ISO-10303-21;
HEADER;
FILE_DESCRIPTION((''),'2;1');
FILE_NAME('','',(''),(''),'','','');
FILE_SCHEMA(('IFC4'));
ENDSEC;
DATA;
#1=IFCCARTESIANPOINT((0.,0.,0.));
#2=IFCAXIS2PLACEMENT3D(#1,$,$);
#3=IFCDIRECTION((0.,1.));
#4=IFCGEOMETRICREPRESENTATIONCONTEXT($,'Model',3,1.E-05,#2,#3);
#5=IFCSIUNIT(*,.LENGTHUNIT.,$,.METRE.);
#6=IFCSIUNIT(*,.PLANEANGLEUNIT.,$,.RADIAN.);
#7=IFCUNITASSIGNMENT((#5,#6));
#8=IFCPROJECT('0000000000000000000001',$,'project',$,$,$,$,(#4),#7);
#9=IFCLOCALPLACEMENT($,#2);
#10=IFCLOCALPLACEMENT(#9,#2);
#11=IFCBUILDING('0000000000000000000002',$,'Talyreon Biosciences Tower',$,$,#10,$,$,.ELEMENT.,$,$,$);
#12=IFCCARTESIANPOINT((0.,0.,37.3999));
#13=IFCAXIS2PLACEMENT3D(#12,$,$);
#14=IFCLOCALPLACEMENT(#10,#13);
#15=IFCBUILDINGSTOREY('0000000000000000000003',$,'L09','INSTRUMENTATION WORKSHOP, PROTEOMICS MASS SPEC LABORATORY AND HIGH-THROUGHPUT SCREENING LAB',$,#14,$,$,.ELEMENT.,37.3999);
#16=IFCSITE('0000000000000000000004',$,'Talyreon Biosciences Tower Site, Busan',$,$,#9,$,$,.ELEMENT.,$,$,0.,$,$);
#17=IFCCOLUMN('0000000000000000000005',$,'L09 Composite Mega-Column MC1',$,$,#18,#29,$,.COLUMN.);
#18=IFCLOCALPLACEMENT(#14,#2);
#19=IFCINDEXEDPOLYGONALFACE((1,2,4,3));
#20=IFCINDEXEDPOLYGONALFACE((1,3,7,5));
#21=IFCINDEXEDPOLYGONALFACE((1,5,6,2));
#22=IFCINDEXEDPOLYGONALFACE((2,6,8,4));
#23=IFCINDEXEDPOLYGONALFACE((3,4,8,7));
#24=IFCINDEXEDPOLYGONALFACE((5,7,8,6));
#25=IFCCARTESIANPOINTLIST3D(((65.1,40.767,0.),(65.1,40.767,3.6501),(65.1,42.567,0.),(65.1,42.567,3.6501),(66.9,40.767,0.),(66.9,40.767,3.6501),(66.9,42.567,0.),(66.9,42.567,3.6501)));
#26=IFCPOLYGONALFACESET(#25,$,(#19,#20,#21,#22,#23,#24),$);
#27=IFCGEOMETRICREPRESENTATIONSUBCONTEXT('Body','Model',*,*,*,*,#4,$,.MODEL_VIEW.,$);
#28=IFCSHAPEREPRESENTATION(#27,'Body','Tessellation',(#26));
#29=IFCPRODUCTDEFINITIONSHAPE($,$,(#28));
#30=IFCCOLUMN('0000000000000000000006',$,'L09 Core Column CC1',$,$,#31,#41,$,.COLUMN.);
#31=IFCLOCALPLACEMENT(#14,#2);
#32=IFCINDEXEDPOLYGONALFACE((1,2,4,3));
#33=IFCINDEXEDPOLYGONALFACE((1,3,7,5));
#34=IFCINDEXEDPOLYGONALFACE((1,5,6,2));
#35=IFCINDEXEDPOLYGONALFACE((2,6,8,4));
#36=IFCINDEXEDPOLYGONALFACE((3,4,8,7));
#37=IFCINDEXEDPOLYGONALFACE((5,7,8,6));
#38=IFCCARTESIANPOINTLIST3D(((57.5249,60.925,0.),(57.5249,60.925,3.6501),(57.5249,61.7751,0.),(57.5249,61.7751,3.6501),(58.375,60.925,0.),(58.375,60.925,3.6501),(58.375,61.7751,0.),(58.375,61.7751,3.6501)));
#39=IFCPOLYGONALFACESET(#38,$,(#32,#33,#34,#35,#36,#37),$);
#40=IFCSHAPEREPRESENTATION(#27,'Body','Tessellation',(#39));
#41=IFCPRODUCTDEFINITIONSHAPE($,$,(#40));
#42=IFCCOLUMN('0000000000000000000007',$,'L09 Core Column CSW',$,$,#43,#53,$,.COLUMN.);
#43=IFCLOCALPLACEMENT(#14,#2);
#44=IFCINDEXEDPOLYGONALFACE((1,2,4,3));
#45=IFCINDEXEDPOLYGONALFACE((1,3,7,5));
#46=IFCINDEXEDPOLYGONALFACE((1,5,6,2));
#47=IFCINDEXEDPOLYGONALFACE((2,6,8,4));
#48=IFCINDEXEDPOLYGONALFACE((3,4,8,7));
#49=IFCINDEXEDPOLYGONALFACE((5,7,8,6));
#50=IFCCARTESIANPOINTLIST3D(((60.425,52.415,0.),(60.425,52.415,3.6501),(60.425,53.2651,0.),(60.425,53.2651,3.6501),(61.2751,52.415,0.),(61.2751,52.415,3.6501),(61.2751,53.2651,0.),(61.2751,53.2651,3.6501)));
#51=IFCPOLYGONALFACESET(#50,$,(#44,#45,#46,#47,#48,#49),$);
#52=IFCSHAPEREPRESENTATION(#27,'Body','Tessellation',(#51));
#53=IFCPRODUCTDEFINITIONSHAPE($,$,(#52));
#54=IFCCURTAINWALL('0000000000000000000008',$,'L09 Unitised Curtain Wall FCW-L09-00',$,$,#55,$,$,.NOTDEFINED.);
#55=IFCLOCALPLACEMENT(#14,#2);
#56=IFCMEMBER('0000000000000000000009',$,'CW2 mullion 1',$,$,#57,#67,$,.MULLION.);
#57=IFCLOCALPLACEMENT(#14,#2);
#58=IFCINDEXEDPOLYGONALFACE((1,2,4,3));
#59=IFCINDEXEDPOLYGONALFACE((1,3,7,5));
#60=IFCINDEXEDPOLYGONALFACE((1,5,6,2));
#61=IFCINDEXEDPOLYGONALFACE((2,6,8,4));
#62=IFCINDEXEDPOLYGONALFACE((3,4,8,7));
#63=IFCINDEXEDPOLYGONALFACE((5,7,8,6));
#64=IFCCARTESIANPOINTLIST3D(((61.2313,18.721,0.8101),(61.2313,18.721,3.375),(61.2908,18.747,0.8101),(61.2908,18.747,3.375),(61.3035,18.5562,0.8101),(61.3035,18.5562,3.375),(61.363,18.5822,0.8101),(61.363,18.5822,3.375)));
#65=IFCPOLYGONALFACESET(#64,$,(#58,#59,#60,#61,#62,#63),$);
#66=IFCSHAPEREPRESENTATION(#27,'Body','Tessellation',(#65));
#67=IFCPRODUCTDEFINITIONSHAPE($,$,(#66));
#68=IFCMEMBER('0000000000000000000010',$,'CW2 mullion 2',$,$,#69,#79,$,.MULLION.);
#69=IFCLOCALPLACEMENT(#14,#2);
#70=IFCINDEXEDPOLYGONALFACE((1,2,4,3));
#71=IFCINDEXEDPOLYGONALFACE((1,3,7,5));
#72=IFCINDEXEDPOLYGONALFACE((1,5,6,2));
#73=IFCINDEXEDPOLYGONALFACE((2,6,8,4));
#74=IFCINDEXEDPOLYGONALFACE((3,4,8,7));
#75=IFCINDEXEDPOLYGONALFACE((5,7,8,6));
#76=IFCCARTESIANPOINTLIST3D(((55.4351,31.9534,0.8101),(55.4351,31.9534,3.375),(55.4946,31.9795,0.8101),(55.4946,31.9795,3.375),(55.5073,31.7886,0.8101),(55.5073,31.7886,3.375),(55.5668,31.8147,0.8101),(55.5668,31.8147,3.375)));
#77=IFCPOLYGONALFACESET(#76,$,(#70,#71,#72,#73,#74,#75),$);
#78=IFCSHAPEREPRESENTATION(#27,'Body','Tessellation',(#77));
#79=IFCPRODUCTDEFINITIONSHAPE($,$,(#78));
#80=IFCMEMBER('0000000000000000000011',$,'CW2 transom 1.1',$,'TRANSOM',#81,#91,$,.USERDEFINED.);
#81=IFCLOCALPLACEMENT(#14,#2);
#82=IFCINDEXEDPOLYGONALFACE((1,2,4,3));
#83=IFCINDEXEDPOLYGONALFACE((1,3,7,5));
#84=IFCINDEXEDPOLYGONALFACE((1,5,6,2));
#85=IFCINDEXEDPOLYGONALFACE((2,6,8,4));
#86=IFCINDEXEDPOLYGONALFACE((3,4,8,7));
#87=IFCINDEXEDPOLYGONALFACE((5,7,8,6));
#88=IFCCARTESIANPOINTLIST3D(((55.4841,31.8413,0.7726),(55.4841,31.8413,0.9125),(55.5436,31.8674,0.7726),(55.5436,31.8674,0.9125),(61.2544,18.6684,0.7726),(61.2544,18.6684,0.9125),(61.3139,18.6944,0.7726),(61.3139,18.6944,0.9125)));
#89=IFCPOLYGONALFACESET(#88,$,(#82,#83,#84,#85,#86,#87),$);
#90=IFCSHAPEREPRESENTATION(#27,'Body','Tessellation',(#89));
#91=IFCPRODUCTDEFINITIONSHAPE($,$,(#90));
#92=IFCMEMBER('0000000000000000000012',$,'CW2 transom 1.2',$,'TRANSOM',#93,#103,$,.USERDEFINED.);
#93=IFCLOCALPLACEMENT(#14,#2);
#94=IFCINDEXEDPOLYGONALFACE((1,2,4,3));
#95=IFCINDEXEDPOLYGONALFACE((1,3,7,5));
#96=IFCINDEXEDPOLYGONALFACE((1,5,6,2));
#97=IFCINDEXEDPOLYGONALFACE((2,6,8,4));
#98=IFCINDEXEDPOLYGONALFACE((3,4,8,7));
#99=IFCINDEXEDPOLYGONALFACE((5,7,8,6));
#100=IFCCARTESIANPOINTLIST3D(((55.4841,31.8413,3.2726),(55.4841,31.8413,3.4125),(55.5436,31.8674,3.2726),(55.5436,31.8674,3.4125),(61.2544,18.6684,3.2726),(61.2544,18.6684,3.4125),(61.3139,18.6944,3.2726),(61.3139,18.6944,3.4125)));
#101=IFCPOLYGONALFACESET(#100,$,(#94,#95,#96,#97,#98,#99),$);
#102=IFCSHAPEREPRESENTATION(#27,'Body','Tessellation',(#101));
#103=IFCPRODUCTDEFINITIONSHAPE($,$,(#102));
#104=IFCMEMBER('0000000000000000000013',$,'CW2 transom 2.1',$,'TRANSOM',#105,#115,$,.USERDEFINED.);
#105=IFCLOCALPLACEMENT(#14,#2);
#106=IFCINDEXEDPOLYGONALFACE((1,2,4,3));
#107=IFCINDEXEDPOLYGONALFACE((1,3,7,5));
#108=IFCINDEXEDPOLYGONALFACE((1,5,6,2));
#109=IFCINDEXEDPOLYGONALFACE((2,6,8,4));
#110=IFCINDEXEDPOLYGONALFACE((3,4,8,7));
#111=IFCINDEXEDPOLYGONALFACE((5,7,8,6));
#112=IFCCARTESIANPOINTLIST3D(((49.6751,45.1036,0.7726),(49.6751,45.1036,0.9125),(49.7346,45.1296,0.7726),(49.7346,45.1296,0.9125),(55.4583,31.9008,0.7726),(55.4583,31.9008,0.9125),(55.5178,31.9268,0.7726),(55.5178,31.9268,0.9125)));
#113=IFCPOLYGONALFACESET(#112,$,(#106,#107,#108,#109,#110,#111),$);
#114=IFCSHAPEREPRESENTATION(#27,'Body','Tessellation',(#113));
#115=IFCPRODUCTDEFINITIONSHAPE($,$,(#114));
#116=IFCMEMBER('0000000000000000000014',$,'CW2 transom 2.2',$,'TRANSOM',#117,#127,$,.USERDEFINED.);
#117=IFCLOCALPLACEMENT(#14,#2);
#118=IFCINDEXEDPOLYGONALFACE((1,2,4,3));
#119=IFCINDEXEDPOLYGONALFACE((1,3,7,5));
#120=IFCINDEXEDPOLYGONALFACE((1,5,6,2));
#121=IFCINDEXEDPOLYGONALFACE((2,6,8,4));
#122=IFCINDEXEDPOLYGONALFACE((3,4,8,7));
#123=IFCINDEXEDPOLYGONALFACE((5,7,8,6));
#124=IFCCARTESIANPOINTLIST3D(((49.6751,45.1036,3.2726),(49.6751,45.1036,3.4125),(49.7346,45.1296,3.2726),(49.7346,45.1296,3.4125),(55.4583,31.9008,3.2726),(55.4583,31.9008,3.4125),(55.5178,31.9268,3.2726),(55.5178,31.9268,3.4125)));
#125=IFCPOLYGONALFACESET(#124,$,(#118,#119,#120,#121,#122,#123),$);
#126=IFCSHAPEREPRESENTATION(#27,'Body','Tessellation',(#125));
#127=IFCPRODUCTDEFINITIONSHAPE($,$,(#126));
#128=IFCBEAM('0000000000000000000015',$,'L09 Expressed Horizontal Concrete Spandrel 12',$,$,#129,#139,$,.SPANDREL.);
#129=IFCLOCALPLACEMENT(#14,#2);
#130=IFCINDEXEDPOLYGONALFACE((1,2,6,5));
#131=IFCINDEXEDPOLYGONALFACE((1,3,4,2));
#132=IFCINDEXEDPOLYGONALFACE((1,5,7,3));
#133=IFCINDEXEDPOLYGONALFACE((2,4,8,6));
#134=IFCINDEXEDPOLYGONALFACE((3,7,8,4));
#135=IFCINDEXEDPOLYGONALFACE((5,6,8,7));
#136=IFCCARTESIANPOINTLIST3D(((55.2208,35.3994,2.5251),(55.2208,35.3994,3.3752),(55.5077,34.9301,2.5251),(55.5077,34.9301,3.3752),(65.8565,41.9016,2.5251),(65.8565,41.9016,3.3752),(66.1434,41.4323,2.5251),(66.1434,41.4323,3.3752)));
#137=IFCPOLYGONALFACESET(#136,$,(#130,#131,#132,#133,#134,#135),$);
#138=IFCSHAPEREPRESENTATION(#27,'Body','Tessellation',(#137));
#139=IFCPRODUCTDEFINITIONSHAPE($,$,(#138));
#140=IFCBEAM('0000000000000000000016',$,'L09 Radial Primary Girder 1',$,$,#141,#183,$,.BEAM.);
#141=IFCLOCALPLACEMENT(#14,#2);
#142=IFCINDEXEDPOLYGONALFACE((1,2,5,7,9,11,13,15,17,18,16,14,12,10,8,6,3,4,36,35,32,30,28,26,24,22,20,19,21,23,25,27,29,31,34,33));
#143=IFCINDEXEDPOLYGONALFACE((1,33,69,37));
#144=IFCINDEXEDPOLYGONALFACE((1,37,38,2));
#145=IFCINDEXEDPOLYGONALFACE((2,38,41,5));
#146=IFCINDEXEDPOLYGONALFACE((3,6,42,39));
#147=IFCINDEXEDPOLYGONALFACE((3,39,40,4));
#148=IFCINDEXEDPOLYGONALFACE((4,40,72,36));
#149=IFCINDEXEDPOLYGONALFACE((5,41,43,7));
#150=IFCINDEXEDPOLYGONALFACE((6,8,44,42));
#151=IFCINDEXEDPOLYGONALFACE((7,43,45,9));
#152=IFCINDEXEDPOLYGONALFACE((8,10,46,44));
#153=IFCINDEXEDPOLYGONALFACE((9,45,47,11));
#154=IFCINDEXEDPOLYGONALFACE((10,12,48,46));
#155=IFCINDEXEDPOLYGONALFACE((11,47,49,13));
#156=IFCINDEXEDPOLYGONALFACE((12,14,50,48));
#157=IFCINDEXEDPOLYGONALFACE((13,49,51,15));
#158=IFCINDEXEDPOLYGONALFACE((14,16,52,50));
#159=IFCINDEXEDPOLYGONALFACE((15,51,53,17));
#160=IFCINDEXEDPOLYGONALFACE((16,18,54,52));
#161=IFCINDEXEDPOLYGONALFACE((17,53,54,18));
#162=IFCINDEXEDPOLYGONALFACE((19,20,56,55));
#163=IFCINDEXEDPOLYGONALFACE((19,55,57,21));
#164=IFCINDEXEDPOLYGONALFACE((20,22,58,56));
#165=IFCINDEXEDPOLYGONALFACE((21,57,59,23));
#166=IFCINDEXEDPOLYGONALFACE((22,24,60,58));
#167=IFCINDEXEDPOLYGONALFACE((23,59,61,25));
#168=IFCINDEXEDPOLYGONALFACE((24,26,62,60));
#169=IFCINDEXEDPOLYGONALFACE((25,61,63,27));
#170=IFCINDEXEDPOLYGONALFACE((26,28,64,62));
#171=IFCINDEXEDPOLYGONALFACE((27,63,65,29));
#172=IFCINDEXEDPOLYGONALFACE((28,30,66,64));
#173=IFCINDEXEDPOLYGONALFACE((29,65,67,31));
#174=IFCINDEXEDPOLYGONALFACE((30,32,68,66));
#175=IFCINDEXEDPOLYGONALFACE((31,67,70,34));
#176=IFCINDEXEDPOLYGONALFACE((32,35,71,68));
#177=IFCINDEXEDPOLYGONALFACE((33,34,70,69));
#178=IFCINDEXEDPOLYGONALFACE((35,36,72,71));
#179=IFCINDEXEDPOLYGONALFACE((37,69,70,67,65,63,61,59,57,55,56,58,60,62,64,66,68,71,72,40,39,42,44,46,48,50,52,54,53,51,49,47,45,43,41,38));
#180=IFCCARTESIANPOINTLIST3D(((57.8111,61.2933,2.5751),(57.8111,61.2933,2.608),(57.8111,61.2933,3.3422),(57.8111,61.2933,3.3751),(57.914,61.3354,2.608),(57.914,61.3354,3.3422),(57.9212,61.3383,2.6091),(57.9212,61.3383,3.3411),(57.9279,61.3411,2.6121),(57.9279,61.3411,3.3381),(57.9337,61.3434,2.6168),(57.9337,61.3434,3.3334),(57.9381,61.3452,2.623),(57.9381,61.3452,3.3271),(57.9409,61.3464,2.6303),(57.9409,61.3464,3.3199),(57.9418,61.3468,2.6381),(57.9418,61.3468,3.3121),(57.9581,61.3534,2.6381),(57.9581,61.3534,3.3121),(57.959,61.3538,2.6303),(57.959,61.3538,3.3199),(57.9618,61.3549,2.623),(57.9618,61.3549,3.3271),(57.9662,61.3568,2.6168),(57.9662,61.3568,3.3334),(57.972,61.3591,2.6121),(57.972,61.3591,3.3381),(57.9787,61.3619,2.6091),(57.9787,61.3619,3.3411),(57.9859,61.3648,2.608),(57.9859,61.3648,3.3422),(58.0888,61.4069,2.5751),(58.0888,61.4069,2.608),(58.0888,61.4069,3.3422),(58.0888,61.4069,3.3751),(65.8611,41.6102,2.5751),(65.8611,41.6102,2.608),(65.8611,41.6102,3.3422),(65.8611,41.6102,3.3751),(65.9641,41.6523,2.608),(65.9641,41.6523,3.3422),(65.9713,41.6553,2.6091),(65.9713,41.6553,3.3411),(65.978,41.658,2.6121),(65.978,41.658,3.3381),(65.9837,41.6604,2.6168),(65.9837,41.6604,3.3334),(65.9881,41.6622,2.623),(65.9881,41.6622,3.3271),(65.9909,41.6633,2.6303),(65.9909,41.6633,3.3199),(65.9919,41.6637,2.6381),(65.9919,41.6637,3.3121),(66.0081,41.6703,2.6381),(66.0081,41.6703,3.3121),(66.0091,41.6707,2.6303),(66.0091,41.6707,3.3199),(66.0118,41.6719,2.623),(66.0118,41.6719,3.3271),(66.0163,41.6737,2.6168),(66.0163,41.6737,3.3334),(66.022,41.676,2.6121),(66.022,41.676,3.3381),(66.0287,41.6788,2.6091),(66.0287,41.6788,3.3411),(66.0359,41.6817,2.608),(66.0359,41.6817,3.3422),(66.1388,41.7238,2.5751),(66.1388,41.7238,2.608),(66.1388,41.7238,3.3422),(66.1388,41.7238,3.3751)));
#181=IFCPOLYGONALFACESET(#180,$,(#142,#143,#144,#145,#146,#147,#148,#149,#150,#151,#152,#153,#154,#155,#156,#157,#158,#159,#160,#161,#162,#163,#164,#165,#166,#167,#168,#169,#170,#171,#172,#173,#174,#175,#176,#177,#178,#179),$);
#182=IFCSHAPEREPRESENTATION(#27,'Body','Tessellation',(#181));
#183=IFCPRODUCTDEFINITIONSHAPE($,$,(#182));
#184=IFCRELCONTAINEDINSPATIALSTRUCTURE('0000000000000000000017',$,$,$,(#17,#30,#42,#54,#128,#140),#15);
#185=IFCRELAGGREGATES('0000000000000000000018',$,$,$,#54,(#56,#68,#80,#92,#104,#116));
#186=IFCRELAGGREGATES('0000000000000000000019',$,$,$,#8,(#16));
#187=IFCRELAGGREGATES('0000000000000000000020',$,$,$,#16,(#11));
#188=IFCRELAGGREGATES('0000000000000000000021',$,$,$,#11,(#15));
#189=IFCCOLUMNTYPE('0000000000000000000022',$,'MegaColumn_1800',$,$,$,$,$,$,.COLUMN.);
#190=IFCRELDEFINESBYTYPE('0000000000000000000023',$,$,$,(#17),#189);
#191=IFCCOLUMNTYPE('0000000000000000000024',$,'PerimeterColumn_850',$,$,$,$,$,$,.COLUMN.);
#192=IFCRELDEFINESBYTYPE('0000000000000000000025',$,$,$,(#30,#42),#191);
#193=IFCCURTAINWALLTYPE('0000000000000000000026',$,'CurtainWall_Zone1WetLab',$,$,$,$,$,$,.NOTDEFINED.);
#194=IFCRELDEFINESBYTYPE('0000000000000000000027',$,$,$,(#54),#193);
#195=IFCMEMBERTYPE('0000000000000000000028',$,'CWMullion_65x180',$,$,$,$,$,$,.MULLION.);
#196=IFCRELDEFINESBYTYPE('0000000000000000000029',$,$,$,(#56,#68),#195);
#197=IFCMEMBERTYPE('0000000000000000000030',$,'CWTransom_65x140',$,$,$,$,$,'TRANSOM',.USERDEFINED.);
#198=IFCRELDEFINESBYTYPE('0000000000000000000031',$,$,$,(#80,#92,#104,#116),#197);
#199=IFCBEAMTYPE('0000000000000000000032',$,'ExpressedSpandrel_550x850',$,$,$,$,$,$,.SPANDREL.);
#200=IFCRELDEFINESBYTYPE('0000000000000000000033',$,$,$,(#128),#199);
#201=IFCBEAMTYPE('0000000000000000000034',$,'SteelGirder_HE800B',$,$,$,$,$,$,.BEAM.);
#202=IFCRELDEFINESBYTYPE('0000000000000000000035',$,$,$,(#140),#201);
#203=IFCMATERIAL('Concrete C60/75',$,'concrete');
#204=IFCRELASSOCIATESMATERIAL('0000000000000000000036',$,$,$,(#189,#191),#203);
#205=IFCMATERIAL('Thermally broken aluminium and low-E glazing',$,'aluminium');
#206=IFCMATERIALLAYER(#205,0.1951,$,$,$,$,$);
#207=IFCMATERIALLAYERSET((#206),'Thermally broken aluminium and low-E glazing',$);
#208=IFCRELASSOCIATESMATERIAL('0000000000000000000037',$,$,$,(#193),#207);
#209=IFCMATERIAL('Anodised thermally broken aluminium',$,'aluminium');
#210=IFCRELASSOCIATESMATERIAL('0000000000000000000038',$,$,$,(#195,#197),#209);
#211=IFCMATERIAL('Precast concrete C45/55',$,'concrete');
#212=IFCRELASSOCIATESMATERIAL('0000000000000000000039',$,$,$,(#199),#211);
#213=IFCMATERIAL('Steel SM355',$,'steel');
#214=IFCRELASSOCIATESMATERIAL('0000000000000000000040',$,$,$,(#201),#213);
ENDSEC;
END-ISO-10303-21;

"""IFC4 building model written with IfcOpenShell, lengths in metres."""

from ifc_helpers import new_model, si_unit, direction, frame, origin, origin_2d, place, context, subcontext, project, spatial, rectangle, i_section, extrude, material, layer, layer_set, material_profile, profile_set, type_object, element, aggregate, save


model = new_model("IFC4")

# Units and contexts
model_context = context("Model", 3, precision=1e-05, world=origin(), true_north=direction((0.0, 1.0)))
body_context = subcontext(model_context, "Body", "Model", "MODEL_VIEW")
ifc_project = project(units=[si_unit("LENGTHUNIT", "METRE"), si_unit("PLANEANGLEUNIT", "RADIAN")], contexts=[model_context])

# Site, building, storey
site_placement = place(None, origin())
site = spatial("IfcSite", under=ifc_project, at=site_placement, Name="Talyreon Biosciences Tower Site, Busan", CompositionType="ELEMENT", RefElevation=0.0)
building_placement = place(site_placement, origin())
building = spatial("IfcBuilding", under=site, at=building_placement, Name="Talyreon Biosciences Tower", CompositionType="ELEMENT")
storey_placement = place(building_placement, frame((0.0, 0.0, 37.3999)))
storey = spatial("IfcBuildingStorey", under=building, at=storey_placement, Name="L09", Description="INSTRUMENTATION WORKSHOP, PROTEOMICS MASS SPEC LABORATORY AND HIGH-THROUGHPUT SCREENING LAB", CompositionType="ELEMENT", Elevation=37.3999)

# Columns
ifc_material_1 = material(Name="Concrete C60/75", Category="concrete")
ifc_material_profile_1 = material_profile(ifc_material_1, rectangle(XDim=1.8, YDim=1.8, at=origin_2d()), Name="RC 1800x1800")
ifc_profile_set_1 = profile_set([ifc_material_profile_1], Name="Concrete C60/75")
column_type_1 = type_object("IfcColumnType", Name="MegaColumn_1800", PredefinedType="COLUMN", material=ifc_profile_set_1)
column_placement = place(storey_placement, frame((66.0, 41.667, 0.0), z_axis=(0.0, 0.0, 1.0), x_axis=(1.0, 0.0, 0.0)))
element("IfcColumn", 1, at=column_placement, inside=storey, type_object=column_type_1, Name="L09 Composite Mega-Column MC1", PredefinedType="COLUMN", context=body_context, shape_type="SweptSolid", body=[
    extrude(rectangle(XDim=1.8, YDim=1.8, at=origin_2d()), origin(), (0.0, 0.0, 1.0), 3.6501),
])
ifc_material_profile_2 = material_profile(ifc_material_1, rectangle(XDim=0.8501, YDim=0.8501, at=origin_2d()), Name="RC 850x850")
ifc_profile_set_2 = profile_set([ifc_material_profile_2], Name="Concrete C60/75")
column_type_2 = type_object("IfcColumnType", Name="PerimeterColumn_850", PredefinedType="COLUMN", material=ifc_profile_set_2)
for number, where, z_axis, x_axis, name in (
    (2, (57.95, 61.3501, 0.0), (0.0, 0.0, 1.0), (1.0, 0.0, 0.0), "L09 Core Column CC1"),
    (3, (60.8501, 52.8401, 0.0), (0.0, 0.0, 1.0), (1.0, 0.0, 0.0), "L09 Core Column CSW"),
):
    element("IfcColumn", number, at=place(storey_placement, frame(where, z_axis=z_axis, x_axis=x_axis)), inside=storey, type_object=column_type_2, Name=name, PredefinedType="COLUMN", context=body_context, shape_type="SweptSolid", body=[
        extrude(rectangle(XDim=0.8501, YDim=0.8501, at=origin_2d()), origin(), (0.0, 0.0, 1.0), 3.6501),
    ])

# Curtain wall, members
ifc_material_2 = material(Name="Thermally broken aluminium and low-E glazing", Category="aluminium")
ifc_layer_1 = layer(ifc_material_2, 0.1951)
ifc_layer_set_1 = layer_set([ifc_layer_1], Name="Thermally broken aluminium and low-E glazing")
curtain_wall_type = type_object("IfcCurtainWallType", Name="CurtainWall_Zone1WetLab", PredefinedType="NOTDEFINED", material=ifc_layer_set_1)
curtain_wall_placement = place(storey_placement, origin())
curtain_wall = element("IfcCurtainWall", 4, at=curtain_wall_placement, inside=storey, type_object=curtain_wall_type, Name="L09 Unitised Curtain Wall FCW-L09-00", PredefinedType="NOTDEFINED")
ifc_material_3 = material(Name="Anodised thermally broken aluminium", Category="aluminium")
ifc_material_profile_3 = material_profile(ifc_material_3, rectangle(XDim=0.0649, YDim=0.1799, at=origin_2d()), Name="ALUM MULLION 65x180")
ifc_profile_set_3 = profile_set([ifc_material_profile_3], Name="Anodised thermally broken aluminium")
member_type_1 = type_object("IfcMemberType", Name="CWMullion_65x180", PredefinedType="MULLION", material=ifc_profile_set_3)
member_1_placement = place(storey_placement, frame((61.2971, 18.6516, 0.8101), z_axis=(0.0, 0.0, 1.0), x_axis=(-0.91598, -0.401223, 0.0)))
member_1 = element("IfcMember", 5, at=member_1_placement, type_object=member_type_1, Name="CW2 mullion 1", PredefinedType="MULLION", context=body_context, shape_type="SweptSolid", body=[
    extrude(rectangle(XDim=0.0649, YDim=0.1799, at=origin_2d()), origin(), (0.0, 0.0, 1.0), 2.5649),
])
member_2_placement = place(storey_placement, frame((55.501, 31.884, 0.8101), z_axis=(0.0, 0.0, 1.0), x_axis=(-0.91598, -0.401223, 0.0)))
member_2 = element("IfcMember", 6, at=member_2_placement, type_object=member_type_1, Name="CW2 mullion 2", PredefinedType="MULLION", context=body_context, shape_type="SweptSolid", body=[
    extrude(rectangle(XDim=0.0649, YDim=0.1799, at=origin_2d()), origin(), (0.0, 0.0, 1.0), 2.5649),
])
ifc_material_profile_4 = material_profile(ifc_material_3, rectangle(XDim=0.0649, YDim=0.1399, at=origin_2d()), Name="ALUM TRANSOM 65x140")
ifc_profile_set_4 = profile_set([ifc_material_profile_4], Name="Anodised thermally broken aluminium")
member_type_2 = type_object("IfcMemberType", Name="CWTransom_65x140", ElementType="TRANSOM", PredefinedType="USERDEFINED", material=ifc_profile_set_4)
member_3_placement = place(storey_placement, frame((61.2842, 18.6814, 0.8425), z_axis=(-0.401236, 0.915975, 0.0), x_axis=(-0.915975, -0.401236, 0.0)))
member_3 = element("IfcMember", 7, at=member_3_placement, type_object=member_type_2, Name="CW2 transom 1.1", ObjectType="TRANSOM", PredefinedType="USERDEFINED", context=body_context, shape_type="SweptSolid", body=[
    extrude(rectangle(XDim=0.0649, YDim=0.1399, at=origin_2d()), origin(), (0.0, 0.0, 1.0), 14.3813),
])
member_4_placement = place(storey_placement, frame((61.2842, 18.6814, 3.3425), z_axis=(-0.401236, 0.915975, 0.0), x_axis=(-0.915975, -0.401236, 0.0)))
member_4 = element("IfcMember", 8, at=member_4_placement, type_object=member_type_2, Name="CW2 transom 1.2", ObjectType="TRANSOM", PredefinedType="USERDEFINED", context=body_context, shape_type="SweptSolid", body=[
    extrude(rectangle(XDim=0.0649, YDim=0.1399, at=origin_2d()), origin(), (0.0, 0.0, 1.0), 14.3813),
])
member_5_placement = place(storey_placement, frame((55.488, 31.9138, 0.8425), z_axis=(-0.401223, 0.91598, 0.0), x_axis=(-0.91598, -0.401223, 0.0)))
member_5 = element("IfcMember", 9, at=member_5_placement, type_object=member_type_2, Name="CW2 transom 2.1", ObjectType="TRANSOM", PredefinedType="USERDEFINED", context=body_context, shape_type="SweptSolid", body=[
    extrude(rectangle(XDim=0.0649, YDim=0.1399, at=origin_2d()), origin(), (0.0, 0.0, 1.0), 14.4138),
])
member_6_placement = place(storey_placement, frame((55.488, 31.9138, 3.3425), z_axis=(-0.401223, 0.91598, 0.0), x_axis=(-0.91598, -0.401223, 0.0)))
member_6 = element("IfcMember", 10, at=member_6_placement, type_object=member_type_2, Name="CW2 transom 2.2", ObjectType="TRANSOM", PredefinedType="USERDEFINED", context=body_context, shape_type="SweptSolid", body=[
    extrude(rectangle(XDim=0.0649, YDim=0.1399, at=origin_2d()), origin(), (0.0, 0.0, 1.0), 14.4138),
])

# Beams
ifc_material_4 = material(Name="Precast concrete C45/55", Category="concrete")
ifc_material_profile_5 = material_profile(ifc_material_4, rectangle(XDim=0.55, YDim=0.8501, at=origin_2d()), Name="RCB 550x850")
ifc_profile_set_5 = profile_set([ifc_material_profile_5], Name="Precast concrete C45/55")
beam_type_1 = type_object("IfcBeamType", Name="ExpressedSpandrel_550x850", PredefinedType="SPANDREL", material=ifc_profile_set_5)
beam_1_placement = place(storey_placement, frame((55.3643, 35.1648, 2.9502), z_axis=(0.85319, 0.521601, 0.0), x_axis=(-0.521601, 0.85319, 0.0)))
element("IfcBeam", 11, at=beam_1_placement, inside=storey, type_object=beam_type_1, Name="L09 Expressed Horizontal Concrete Spandrel 12", PredefinedType="SPANDREL", context=body_context, shape_type="SweptSolid", body=[
    extrude(rectangle(XDim=0.55, YDim=0.8501, at=origin_2d()), origin(), (0.0, 0.0, 1.0), 12.4658),
])
ifc_material_5 = material(Name="Steel SM355", Category="steel")
ifc_material_profile_6 = material_profile(ifc_material_5, i_section(OverallWidth=0.3, OverallDepth=0.8, WebThickness=0.0176, FlangeThickness=0.033, FilletRadius=0.03, at=origin_2d()), Name="HE800B")
ifc_profile_set_6 = profile_set([ifc_material_profile_6], Name="Steel SM355")
beam_type_2 = type_object("IfcBeamType", Name="SteelGirder_HE800B", PredefinedType="BEAM", material=ifc_profile_set_6)
beam_2_placement = place(storey_placement, frame((57.95, 61.3501, 2.9751), z_axis=(0.378547, -0.925582, 0.0), x_axis=(0.925582, 0.378547, 0.0)))
element("IfcBeam", 12, at=beam_2_placement, inside=storey, type_object=beam_type_2, Name="L09 Radial Primary Girder 1", PredefinedType="BEAM", context=body_context, shape_type="SweptSolid", body=[
    extrude(i_section(OverallWidth=0.3, OverallDepth=0.8, WebThickness=0.0176, FlangeThickness=0.033, FilletRadius=0.03, at=origin_2d()), origin(), (0.0, 0.0, 1.0), 21.2656),
])

aggregate(curtain_wall, [member_1, member_2, member_3, member_4, member_5, member_6])

save(model, "model.ifc")
